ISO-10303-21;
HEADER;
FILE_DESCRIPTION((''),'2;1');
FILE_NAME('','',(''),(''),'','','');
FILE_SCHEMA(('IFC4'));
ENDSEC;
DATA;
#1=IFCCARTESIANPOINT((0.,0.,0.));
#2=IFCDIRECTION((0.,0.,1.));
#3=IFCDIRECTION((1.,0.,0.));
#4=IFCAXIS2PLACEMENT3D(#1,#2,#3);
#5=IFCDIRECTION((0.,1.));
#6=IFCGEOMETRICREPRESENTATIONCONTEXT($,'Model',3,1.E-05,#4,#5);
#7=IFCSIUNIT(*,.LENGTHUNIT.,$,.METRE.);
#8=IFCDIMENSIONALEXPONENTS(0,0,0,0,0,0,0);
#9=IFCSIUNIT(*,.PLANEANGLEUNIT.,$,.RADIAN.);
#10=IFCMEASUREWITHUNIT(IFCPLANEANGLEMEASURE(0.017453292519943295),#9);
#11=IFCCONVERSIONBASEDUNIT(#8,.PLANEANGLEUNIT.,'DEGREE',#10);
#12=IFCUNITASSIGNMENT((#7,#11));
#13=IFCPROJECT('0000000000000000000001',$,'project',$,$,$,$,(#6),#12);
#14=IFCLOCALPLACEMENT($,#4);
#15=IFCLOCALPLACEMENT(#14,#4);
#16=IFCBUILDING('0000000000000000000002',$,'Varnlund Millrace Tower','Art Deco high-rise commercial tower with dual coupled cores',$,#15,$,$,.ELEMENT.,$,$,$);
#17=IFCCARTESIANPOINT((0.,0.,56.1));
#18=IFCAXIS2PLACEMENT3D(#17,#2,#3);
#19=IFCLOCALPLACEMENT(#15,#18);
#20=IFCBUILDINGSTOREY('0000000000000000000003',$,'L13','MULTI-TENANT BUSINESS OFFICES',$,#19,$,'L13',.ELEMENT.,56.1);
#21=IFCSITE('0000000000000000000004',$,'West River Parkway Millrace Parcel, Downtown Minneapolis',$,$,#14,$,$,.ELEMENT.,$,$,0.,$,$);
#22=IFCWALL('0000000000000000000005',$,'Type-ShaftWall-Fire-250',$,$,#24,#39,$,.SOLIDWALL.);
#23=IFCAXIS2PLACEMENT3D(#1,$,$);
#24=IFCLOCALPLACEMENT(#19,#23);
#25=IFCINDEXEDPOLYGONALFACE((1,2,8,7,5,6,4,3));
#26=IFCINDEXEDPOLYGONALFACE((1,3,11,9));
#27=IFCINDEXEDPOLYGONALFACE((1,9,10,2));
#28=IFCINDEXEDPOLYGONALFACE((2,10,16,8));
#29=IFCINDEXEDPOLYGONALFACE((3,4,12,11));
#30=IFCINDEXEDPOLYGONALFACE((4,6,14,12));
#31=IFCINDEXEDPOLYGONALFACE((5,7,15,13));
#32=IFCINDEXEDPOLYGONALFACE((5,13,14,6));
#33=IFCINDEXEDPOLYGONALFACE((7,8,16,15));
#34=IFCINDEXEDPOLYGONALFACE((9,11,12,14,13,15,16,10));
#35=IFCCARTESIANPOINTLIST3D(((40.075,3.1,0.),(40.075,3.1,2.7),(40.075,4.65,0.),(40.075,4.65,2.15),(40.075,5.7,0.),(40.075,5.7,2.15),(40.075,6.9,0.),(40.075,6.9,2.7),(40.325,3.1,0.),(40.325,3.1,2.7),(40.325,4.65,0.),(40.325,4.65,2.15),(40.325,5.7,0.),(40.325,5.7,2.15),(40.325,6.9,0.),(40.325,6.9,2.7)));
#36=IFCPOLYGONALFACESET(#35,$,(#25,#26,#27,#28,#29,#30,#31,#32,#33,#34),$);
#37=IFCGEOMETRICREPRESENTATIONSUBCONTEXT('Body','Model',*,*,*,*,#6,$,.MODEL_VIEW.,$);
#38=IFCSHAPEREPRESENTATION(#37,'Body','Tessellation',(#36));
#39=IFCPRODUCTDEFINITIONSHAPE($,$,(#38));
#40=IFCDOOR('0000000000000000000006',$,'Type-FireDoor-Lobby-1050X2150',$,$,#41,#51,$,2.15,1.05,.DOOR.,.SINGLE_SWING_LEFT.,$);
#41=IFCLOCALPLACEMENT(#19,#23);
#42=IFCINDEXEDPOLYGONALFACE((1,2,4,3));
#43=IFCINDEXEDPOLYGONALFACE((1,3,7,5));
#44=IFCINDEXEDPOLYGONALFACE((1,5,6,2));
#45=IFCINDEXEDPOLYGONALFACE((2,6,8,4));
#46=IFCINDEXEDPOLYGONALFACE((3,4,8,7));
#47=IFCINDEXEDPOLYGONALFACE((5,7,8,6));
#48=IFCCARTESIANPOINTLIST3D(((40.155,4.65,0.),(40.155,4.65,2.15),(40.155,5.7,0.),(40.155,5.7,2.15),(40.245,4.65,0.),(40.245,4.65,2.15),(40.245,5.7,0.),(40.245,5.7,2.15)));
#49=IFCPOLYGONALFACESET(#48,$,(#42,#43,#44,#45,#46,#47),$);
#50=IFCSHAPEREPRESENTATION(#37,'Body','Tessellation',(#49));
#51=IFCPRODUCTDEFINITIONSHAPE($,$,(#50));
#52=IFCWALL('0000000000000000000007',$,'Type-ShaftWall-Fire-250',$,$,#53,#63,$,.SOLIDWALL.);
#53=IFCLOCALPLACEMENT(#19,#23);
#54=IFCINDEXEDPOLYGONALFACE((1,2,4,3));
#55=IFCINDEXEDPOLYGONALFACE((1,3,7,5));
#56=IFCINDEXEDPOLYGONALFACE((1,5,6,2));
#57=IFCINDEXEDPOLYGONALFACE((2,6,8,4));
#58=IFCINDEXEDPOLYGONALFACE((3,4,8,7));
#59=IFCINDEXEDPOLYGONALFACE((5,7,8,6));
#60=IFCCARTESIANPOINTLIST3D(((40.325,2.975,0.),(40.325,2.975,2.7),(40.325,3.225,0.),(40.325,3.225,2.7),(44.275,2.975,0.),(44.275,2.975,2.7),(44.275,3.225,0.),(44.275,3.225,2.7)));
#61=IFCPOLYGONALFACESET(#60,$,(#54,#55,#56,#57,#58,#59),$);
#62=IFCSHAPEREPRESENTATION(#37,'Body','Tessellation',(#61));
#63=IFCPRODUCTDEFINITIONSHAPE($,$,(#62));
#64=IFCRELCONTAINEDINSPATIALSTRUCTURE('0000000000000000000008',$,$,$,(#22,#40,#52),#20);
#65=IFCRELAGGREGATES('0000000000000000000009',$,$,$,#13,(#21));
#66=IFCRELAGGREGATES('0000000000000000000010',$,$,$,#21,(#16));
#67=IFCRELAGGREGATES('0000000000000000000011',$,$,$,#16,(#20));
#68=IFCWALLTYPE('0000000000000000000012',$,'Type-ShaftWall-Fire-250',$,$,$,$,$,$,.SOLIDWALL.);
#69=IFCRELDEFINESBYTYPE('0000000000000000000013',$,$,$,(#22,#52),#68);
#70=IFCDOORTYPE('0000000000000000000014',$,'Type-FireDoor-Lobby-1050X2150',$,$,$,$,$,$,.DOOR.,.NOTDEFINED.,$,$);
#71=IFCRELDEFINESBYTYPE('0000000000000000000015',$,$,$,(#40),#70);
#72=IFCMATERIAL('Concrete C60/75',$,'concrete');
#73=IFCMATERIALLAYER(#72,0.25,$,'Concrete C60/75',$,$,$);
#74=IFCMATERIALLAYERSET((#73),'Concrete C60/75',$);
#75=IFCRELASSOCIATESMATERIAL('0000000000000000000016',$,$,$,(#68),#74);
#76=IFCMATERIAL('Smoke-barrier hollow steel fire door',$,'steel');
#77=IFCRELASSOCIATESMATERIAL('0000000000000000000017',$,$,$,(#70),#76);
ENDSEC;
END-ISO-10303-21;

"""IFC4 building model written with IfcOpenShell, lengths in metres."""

from ifc_helpers import new_model, entity, si_unit, converted_unit, direction, frame, origin_with_axes, origin_2d_with_axis, place, context, subcontext, project, spatial, polyline, rectangle, outline, extrude, material, layer, layer_set, type_object, element, fill, save


model = new_model("IFC4")

# Units and contexts
model_context = context("Model", 3, precision=1e-05, world=origin_with_axes(), true_north=direction((0.0, 1.0)))
body_context = subcontext(model_context, "Body", "Model", "MODEL_VIEW")
ifc_project = project(units=[si_unit("LENGTHUNIT", "METRE"), converted_unit("PLANEANGLEUNIT", "DEGREE", entity("IfcPlaneAngleMeasure", 0.017453292519943295), si_unit("PLANEANGLEUNIT", "RADIAN"), dimensions=[0, 0, 0, 0, 0, 0, 0])], contexts=[model_context])

# Site, building, storey
site_placement = place(None, origin_with_axes())
site = spatial("IfcSite", under=ifc_project, at=site_placement, Name="West River Parkway Millrace Parcel, Downtown Minneapolis", CompositionType="ELEMENT", RefElevation=0.0)
building_placement = place(site_placement, origin_with_axes())
building = spatial("IfcBuilding", under=site, at=building_placement, Name="Varnlund Millrace Tower", Description="Art Deco high-rise commercial tower with dual coupled cores", CompositionType="ELEMENT")
storey_placement = place(building_placement, frame((0.0, 0.0, 56.1), z_axis=(0.0, 0.0, 1.0), x_axis=(1.0, 0.0, 0.0)))
storey = spatial("IfcBuildingStorey", under=building, at=storey_placement, Name="L13", Description="MULTI-TENANT BUSINESS OFFICES", LongName="L13", CompositionType="ELEMENT", Elevation=56.1)

# Wall, opening, door
ifc_material_1 = material(Name="Concrete C60/75", Category="concrete")
ifc_layer_1 = layer(ifc_material_1, 0.25, Name="Concrete C60/75")
ifc_layer_set_1 = layer_set([ifc_layer_1], Name="Concrete C60/75")
wall_type_1 = type_object("IfcWallType", Name="Type-ShaftWall-Fire-250", PredefinedType="SOLIDWALL", material=ifc_layer_set_1)
wall_1_placement = place(storey_placement, frame((40.2, 3.1, 0.0), z_axis=(0.0, 0.0, 1.0), x_axis=(0.0, 1.0, 0.0)))
wall_1 = element("IfcWall", 1, at=wall_1_placement, inside=storey, type_object=wall_type_1, Name="Type-ShaftWall-Fire-250", PredefinedType="SOLIDWALL", context=body_context, shape_type="SweptSolid", body=[
    extrude(outline(polyline([(0.0, -0.125), (3.8, -0.125), (3.8, 0.125), (0.0, 0.125), (0.0, -0.125)])), origin_with_axes(), (0.0, 0.0, 1.0), 2.7),
])
opening_1_placement = place(wall_1_placement, frame((2.075, 0.0, 0.0), z_axis=(0.0, 0.0, 1.0), x_axis=(1.0, 0.0, 0.0)))
opening_1 = element("IfcOpeningElement", 2, at=opening_1_placement, cuts=wall_1, PredefinedType="OPENING", context=body_context, shape_type="SweptSolid", body=[
    extrude(rectangle(XDim=1.05, YDim=0.27, at=origin_2d_with_axis()), origin_with_axes(), (0.0, 0.0, 1.0), 2.15),
])
ifc_material_2 = material(Name="Smoke-barrier hollow steel fire door", Category="steel")
door_type_1 = type_object("IfcDoorType", Name="Type-FireDoor-Lobby-1050X2150", OperationType="NOTDEFINED", PredefinedType="DOOR", material=ifc_material_2)
door_1_placement = place(wall_1_placement, frame((2.075, 0.0, 0.0), z_axis=(0.0, 0.0, 1.0), x_axis=(1.0, 0.0, 0.0)))
door_1 = element("IfcDoor", 3, at=door_1_placement, inside=storey, type_object=door_type_1, Name="Type-FireDoor-Lobby-1050X2150", OperationType="SINGLE_SWING_LEFT", OverallHeight=2.15, OverallWidth=1.05, PredefinedType="DOOR", context=body_context, shape_type="SweptSolid", body=[
    extrude(rectangle(XDim=1.05, YDim=0.09, at=origin_2d_with_axis()), origin_with_axes(), (0.0, 0.0, 1.0), 2.15),
])
fill(opening_1, door_1)

# Wall
wall_2_placement = place(storey_placement, frame((40.325, 3.1, 0.0), z_axis=(0.0, 0.0, 1.0), x_axis=(1.0, 0.0, 0.0)))
element("IfcWall", 4, at=wall_2_placement, inside=storey, type_object=wall_type_1, Name="Type-ShaftWall-Fire-250", PredefinedType="SOLIDWALL", context=body_context, shape_type="SweptSolid", body=[
    extrude(outline(polyline([(0.0, -0.125), (3.95, -0.125), (3.95, 0.125), (0.0, 0.125), (0.0, -0.125)])), origin_with_axes(), (0.0, 0.0, 1.0), 2.7),
])

save(model, "model.ifc")
